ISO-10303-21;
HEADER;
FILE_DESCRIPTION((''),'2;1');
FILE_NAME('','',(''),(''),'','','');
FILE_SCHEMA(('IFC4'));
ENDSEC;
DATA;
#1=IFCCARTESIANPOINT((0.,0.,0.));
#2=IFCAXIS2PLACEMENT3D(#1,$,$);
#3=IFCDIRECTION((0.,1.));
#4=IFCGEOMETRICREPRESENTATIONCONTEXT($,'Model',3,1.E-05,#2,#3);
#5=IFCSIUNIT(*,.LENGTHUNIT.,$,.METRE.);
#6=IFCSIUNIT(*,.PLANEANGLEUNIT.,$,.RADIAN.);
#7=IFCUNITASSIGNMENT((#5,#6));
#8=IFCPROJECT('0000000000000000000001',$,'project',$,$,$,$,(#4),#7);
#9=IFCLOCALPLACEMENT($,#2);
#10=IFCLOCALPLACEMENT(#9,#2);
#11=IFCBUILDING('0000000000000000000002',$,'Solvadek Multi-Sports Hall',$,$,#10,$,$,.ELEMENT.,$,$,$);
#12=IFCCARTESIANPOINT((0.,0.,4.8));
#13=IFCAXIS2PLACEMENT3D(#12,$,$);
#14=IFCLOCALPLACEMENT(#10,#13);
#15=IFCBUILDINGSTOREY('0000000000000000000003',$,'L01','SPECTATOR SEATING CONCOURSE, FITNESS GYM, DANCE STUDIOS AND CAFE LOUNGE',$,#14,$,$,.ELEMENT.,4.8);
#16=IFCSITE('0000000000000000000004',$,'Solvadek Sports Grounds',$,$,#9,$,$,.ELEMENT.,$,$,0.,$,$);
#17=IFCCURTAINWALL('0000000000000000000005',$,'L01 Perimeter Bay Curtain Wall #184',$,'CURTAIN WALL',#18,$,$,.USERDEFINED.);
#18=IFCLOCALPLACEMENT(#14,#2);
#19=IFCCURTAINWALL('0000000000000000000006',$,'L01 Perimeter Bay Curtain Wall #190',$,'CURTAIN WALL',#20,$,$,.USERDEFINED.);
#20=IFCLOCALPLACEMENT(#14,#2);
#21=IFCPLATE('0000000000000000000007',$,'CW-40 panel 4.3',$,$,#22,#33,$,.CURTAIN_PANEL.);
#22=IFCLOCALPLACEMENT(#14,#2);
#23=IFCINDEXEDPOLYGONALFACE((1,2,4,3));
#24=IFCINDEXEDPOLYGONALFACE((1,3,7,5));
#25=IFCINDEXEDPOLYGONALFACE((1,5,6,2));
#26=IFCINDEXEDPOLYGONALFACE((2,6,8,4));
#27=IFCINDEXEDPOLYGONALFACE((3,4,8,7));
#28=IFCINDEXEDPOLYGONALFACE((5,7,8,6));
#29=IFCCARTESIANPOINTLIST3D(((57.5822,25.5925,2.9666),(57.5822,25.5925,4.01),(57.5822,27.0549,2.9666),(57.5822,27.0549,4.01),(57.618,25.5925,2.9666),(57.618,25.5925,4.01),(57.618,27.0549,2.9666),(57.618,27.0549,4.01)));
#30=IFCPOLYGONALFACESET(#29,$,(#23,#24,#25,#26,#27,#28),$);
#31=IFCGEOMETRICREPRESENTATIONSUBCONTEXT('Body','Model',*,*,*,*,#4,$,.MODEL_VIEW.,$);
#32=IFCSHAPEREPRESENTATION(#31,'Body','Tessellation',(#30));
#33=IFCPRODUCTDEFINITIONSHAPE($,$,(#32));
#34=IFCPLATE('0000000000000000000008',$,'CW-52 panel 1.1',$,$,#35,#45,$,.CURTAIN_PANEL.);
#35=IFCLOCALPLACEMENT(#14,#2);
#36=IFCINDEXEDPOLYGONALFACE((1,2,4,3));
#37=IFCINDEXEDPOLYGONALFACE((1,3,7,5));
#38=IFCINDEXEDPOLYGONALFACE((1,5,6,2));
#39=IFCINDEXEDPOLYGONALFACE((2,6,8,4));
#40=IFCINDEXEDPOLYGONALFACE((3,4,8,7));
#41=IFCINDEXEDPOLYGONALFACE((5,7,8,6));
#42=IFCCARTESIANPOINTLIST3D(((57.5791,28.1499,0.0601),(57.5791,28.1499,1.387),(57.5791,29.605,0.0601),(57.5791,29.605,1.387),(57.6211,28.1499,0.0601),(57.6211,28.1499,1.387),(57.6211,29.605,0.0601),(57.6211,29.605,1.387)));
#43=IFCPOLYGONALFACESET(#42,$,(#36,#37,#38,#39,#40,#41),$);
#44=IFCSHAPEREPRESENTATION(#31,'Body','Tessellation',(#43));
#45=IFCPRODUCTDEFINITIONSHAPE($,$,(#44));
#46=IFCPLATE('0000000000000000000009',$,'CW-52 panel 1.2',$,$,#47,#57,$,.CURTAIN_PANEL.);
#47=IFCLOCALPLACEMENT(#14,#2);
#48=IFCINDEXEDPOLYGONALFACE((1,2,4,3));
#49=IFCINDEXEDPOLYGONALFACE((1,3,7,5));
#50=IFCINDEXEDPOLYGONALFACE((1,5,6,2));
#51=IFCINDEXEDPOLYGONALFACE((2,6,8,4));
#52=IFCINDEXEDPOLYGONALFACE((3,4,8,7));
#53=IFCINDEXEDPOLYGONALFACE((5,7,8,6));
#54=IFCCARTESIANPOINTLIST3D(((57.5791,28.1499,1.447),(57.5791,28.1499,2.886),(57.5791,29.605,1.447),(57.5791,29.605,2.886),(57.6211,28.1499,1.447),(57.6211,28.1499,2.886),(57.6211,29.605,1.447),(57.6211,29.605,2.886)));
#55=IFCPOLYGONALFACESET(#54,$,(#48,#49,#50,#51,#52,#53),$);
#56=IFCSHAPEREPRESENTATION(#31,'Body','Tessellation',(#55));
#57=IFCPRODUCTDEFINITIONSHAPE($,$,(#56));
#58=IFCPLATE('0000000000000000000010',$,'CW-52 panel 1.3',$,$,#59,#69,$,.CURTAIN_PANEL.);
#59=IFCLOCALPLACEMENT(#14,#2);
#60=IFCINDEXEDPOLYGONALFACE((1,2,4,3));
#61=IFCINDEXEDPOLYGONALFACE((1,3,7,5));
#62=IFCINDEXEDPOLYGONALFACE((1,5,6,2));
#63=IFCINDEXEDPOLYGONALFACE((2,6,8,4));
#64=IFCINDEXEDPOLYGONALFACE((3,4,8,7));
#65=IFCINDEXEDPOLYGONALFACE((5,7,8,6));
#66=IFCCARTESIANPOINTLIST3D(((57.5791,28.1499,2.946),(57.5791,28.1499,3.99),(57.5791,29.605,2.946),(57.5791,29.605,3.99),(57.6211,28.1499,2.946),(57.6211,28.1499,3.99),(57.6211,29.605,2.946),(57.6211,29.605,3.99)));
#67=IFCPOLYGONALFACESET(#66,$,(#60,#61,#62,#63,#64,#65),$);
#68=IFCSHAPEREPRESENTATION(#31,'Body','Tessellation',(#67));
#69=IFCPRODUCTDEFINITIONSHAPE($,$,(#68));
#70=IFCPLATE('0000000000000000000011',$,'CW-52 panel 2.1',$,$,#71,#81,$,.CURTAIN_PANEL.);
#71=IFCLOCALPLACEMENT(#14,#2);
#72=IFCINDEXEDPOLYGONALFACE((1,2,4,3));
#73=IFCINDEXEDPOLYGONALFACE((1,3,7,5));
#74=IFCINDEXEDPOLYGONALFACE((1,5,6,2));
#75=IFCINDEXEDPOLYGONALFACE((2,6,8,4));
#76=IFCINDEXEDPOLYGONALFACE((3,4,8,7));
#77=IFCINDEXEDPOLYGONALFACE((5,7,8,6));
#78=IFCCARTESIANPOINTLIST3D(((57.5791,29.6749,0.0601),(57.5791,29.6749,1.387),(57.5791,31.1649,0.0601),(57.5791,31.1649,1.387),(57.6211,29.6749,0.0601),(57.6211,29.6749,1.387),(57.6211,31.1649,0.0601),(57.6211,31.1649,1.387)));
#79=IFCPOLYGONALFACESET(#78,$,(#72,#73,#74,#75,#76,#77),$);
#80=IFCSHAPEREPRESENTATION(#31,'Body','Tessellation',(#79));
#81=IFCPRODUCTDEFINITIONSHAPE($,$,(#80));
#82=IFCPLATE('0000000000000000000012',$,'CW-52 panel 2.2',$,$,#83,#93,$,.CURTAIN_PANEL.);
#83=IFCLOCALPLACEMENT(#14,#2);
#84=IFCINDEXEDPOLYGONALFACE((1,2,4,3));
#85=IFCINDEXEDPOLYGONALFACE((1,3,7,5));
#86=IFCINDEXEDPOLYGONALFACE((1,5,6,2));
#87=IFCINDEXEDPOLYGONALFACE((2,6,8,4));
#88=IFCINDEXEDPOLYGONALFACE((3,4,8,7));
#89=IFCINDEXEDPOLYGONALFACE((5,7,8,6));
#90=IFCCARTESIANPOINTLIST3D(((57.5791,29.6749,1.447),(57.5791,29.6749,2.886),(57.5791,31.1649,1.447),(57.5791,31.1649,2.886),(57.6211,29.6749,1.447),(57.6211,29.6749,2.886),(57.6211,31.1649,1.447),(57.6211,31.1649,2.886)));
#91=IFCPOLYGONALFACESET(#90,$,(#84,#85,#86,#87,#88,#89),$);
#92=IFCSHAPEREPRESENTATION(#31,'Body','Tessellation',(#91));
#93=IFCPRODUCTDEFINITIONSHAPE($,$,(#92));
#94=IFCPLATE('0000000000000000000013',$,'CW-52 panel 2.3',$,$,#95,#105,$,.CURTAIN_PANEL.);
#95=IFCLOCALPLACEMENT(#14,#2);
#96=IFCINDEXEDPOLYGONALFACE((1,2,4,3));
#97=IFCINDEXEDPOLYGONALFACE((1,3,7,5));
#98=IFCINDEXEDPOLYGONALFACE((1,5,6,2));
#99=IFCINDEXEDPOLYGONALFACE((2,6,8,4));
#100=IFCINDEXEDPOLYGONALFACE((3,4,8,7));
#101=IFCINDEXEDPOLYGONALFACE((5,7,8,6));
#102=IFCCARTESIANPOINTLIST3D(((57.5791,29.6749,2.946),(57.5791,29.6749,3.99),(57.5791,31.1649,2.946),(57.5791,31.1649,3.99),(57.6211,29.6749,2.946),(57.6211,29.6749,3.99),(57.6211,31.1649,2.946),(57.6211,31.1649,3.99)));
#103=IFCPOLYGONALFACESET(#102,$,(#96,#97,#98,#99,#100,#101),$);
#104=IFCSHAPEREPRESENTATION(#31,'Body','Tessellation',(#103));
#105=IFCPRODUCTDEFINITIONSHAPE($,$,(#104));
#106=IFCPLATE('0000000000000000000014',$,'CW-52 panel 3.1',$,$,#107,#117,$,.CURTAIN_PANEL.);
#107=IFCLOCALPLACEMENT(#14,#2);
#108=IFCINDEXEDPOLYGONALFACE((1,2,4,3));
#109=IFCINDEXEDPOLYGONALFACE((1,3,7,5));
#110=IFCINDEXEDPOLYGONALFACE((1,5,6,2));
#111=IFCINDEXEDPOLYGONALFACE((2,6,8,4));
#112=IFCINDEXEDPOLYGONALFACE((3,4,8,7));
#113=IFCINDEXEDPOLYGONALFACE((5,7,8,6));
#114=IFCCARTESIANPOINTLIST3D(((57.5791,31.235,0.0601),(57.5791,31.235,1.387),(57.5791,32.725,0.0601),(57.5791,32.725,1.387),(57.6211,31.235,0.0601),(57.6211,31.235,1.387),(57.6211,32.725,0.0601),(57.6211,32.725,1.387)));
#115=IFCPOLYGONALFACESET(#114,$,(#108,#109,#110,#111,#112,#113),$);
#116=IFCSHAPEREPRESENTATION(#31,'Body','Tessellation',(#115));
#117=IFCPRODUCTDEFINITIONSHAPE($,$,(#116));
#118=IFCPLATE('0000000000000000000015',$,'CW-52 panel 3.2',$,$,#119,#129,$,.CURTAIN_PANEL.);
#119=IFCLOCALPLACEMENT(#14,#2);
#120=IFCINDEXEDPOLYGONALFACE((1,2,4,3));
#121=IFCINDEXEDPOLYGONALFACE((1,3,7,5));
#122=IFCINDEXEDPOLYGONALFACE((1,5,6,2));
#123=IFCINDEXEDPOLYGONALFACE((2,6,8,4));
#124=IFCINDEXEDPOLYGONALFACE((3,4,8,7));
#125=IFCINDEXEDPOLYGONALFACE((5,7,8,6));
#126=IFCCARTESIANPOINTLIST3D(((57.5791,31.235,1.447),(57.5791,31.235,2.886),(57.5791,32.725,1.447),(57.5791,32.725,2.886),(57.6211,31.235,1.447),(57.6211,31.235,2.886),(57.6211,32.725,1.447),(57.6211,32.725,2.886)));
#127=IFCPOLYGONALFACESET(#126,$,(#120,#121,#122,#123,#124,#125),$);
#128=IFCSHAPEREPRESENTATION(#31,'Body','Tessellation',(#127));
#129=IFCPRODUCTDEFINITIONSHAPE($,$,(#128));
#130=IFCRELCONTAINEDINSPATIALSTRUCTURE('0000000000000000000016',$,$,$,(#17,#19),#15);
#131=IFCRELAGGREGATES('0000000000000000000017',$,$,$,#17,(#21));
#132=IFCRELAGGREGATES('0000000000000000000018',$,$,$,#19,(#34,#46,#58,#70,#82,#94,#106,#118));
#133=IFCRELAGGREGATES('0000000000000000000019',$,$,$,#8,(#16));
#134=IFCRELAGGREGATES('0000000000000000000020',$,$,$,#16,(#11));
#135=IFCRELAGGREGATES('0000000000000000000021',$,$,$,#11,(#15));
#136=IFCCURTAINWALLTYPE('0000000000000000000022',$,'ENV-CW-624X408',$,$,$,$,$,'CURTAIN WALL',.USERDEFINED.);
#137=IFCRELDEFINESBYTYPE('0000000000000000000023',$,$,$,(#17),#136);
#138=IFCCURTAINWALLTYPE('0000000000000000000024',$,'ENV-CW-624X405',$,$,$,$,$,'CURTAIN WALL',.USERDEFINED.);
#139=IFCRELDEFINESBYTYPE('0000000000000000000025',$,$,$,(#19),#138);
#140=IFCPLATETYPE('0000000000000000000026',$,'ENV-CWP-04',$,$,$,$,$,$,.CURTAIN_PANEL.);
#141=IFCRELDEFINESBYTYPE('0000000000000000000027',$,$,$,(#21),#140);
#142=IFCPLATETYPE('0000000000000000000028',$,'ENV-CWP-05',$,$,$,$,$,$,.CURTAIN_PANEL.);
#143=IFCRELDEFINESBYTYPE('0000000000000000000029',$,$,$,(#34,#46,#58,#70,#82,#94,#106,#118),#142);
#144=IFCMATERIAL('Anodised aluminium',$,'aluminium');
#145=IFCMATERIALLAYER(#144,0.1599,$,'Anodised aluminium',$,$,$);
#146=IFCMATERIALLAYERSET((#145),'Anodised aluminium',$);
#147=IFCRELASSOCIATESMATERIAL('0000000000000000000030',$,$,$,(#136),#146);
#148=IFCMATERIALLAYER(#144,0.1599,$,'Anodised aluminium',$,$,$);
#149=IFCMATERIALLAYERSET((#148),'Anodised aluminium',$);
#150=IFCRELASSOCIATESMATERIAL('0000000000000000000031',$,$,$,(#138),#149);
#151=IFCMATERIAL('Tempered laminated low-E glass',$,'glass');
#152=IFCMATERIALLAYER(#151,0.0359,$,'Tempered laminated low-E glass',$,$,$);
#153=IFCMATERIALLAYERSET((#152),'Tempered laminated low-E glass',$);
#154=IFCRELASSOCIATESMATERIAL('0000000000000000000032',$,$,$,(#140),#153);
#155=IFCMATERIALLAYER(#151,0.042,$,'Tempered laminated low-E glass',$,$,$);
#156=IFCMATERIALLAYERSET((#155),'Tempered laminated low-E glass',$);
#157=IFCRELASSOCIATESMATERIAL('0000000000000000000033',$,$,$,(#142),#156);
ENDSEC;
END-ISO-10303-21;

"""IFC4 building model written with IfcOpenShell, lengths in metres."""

from ifc_helpers import new_model, si_unit, direction, frame, origin, origin_2d, place, context, subcontext, project, spatial, rectangle, extrude, material, layer, layer_set, type_object, element, aggregate, save


model = new_model("IFC4")

# Units and contexts
model_context = context("Model", 3, precision=1e-05, world=origin(), true_north=direction((0.0, 1.0)))
body_context = subcontext(model_context, "Body", "Model", "MODEL_VIEW")
ifc_project = project(units=[si_unit("LENGTHUNIT", "METRE"), si_unit("PLANEANGLEUNIT", "RADIAN")], contexts=[model_context])

# Site, building, storey
site_placement = place(None, origin())
site = spatial("IfcSite", under=ifc_project, at=site_placement, Name="Solvadek Sports Grounds", CompositionType="ELEMENT", RefElevation=0.0)
building_placement = place(site_placement, origin())
building = spatial("IfcBuilding", under=site, at=building_placement, Name="Solvadek Multi-Sports Hall", CompositionType="ELEMENT")
storey_placement = place(building_placement, frame((0.0, 0.0, 4.8)))
storey = spatial("IfcBuildingStorey", under=building, at=storey_placement, Name="L01", Description="SPECTATOR SEATING CONCOURSE, FITNESS GYM, DANCE STUDIOS AND CAFE LOUNGE", CompositionType="ELEMENT", Elevation=4.8)

# Curtain wall
ifc_material_1 = material(Name="Anodised aluminium", Category="aluminium")
ifc_layer_1 = layer(ifc_material_1, 0.1599, Name="Anodised aluminium")
ifc_layer_set_1 = layer_set([ifc_layer_1], Name="Anodised aluminium")
curtain_wall_type_1 = type_object("IfcCurtainWallType", Name="ENV-CW-624X408", ElementType="CURTAIN WALL", PredefinedType="USERDEFINED", material=ifc_layer_set_1)
curtain_wall_1_placement = place(storey_placement, origin())
curtain_wall_1 = element("IfcCurtainWall", 1, at=curtain_wall_1_placement, inside=storey, type_object=curtain_wall_type_1, Name="L01 Perimeter Bay Curtain Wall #184", ObjectType="CURTAIN WALL", PredefinedType="USERDEFINED")

# Curtain wall
ifc_layer_2 = layer(ifc_material_1, 0.1599, Name="Anodised aluminium")
ifc_layer_set_2 = layer_set([ifc_layer_2], Name="Anodised aluminium")
curtain_wall_type_2 = type_object("IfcCurtainWallType", Name="ENV-CW-624X405", ElementType="CURTAIN WALL", PredefinedType="USERDEFINED", material=ifc_layer_set_2)
curtain_wall_2_placement = place(storey_placement, origin())
curtain_wall_2 = element("IfcCurtainWall", 2, at=curtain_wall_2_placement, inside=storey, type_object=curtain_wall_type_2, Name="L01 Perimeter Bay Curtain Wall #190", ObjectType="CURTAIN WALL", PredefinedType="USERDEFINED")

# Plates
ifc_material_2 = material(Name="Tempered laminated low-E glass", Category="glass")
ifc_layer_3 = layer(ifc_material_2, 0.0359, Name="Tempered laminated low-E glass")
ifc_layer_set_3 = layer_set([ifc_layer_3], Name="Tempered laminated low-E glass")
plate_type_1 = type_object("IfcPlateType", Name="ENV-CWP-04", PredefinedType="CURTAIN_PANEL", material=ifc_layer_set_3)
plate_1_placement = place(storey_placement, frame((57.6001, 26.3237, 2.9666), z_axis=(0.0, 0.0, 1.0), x_axis=(0.0, 1.0, 0.0)))
plate_1 = element("IfcPlate", 3, at=plate_1_placement, type_object=plate_type_1, Name="CW-40 panel 4.3", PredefinedType="CURTAIN_PANEL", context=body_context, shape_type="SweptSolid", body=[
    extrude(rectangle(XDim=1.4624, YDim=0.0359, at=origin_2d()), origin(), (0.0, 0.0, 1.0), 1.0435),
])
aggregate(curtain_wall_1, [plate_1])
ifc_layer_4 = layer(ifc_material_2, 0.042, Name="Tempered laminated low-E glass")
ifc_layer_set_4 = layer_set([ifc_layer_4], Name="Tempered laminated low-E glass")
plate_type_2 = type_object("IfcPlateType", Name="ENV-CWP-05", PredefinedType="CURTAIN_PANEL", material=ifc_layer_set_4)
plate_2_placement = place(storey_placement, frame((57.6001, 28.8774, 0.0601), z_axis=(0.0, 0.0, 1.0), x_axis=(0.0, 1.0, 0.0)))
plate_2 = element("IfcPlate", 4, at=plate_2_placement, type_object=plate_type_2, Name="CW-52 panel 1.1", PredefinedType="CURTAIN_PANEL", context=body_context, shape_type="SweptSolid", body=[
    extrude(rectangle(XDim=1.4551, YDim=0.042, at=origin_2d()), origin(), (0.0, 0.0, 1.0), 1.3269),
])
plate_3_placement = place(storey_placement, frame((57.6001, 28.8774, 1.447), z_axis=(0.0, 0.0, 1.0), x_axis=(0.0, 1.0, 0.0)))
plate_3 = element("IfcPlate", 5, at=plate_3_placement, type_object=plate_type_2, Name="CW-52 panel 1.2", PredefinedType="CURTAIN_PANEL", context=body_context, shape_type="SweptSolid", body=[
    extrude(rectangle(XDim=1.4551, YDim=0.042, at=origin_2d()), origin(), (0.0, 0.0, 1.0), 1.439),
])
plate_4_placement = place(storey_placement, frame((57.6001, 28.8774, 2.946), z_axis=(0.0, 0.0, 1.0), x_axis=(0.0, 1.0, 0.0)))
plate_4 = element("IfcPlate", 6, at=plate_4_placement, type_object=plate_type_2, Name="CW-52 panel 1.3", PredefinedType="CURTAIN_PANEL", context=body_context, shape_type="SweptSolid", body=[
    extrude(rectangle(XDim=1.4551, YDim=0.042, at=origin_2d()), origin(), (0.0, 0.0, 1.0), 1.0439),
])
plate_5_placement = place(storey_placement, frame((57.6001, 30.4199, 0.0601), z_axis=(0.0, 0.0, 1.0), x_axis=(0.0, 1.0, 0.0)))
plate_5 = element("IfcPlate", 7, at=plate_5_placement, type_object=plate_type_2, Name="CW-52 panel 2.1", PredefinedType="CURTAIN_PANEL", context=body_context, shape_type="SweptSolid", body=[
    extrude(rectangle(XDim=1.49, YDim=0.042, at=origin_2d()), origin(), (0.0, 0.0, 1.0), 1.3269),
])
plate_6_placement = place(storey_placement, frame((57.6001, 30.4199, 1.447), z_axis=(0.0, 0.0, 1.0), x_axis=(0.0, 1.0, 0.0)))
plate_6 = element("IfcPlate", 8, at=plate_6_placement, type_object=plate_type_2, Name="CW-52 panel 2.2", PredefinedType="CURTAIN_PANEL", context=body_context, shape_type="SweptSolid", body=[
    extrude(rectangle(XDim=1.49, YDim=0.042, at=origin_2d()), origin(), (0.0, 0.0, 1.0), 1.439),
])
plate_7_placement = place(storey_placement, frame((57.6001, 30.4199, 2.946), z_axis=(0.0, 0.0, 1.0), x_axis=(0.0, 1.0, 0.0)))
plate_7 = element("IfcPlate", 9, at=plate_7_placement, type_object=plate_type_2, Name="CW-52 panel 2.3", PredefinedType="CURTAIN_PANEL", context=body_context, shape_type="SweptSolid", body=[
    extrude(rectangle(XDim=1.49, YDim=0.042, at=origin_2d()), origin(), (0.0, 0.0, 1.0), 1.0439),
])
plate_8_placement = place(storey_placement, frame((57.6001, 31.98, 0.0601), z_axis=(0.0, 0.0, 1.0), x_axis=(0.0, 1.0, 0.0)))
plate_8 = element("IfcPlate", 10, at=plate_8_placement, type_object=plate_type_2, Name="CW-52 panel 3.1", PredefinedType="CURTAIN_PANEL", context=body_context, shape_type="SweptSolid", body=[
    extrude(rectangle(XDim=1.49, YDim=0.042, at=origin_2d()), origin(), (0.0, 0.0, 1.0), 1.3269),
])
plate_9_placement = place(storey_placement, frame((57.6001, 31.98, 1.447), z_axis=(0.0, 0.0, 1.0), x_axis=(0.0, 1.0, 0.0)))
plate_9 = element("IfcPlate", 11, at=plate_9_placement, type_object=plate_type_2, Name="CW-52 panel 3.2", PredefinedType="CURTAIN_PANEL", context=body_context, shape_type="SweptSolid", body=[
    extrude(rectangle(XDim=1.49, YDim=0.042, at=origin_2d()), origin(), (0.0, 0.0, 1.0), 1.439),
])
aggregate(curtain_wall_2, [plate_2, plate_3, plate_4, plate_5, plate_6, plate_7, plate_8, plate_9])

save(model, "model.ifc")
